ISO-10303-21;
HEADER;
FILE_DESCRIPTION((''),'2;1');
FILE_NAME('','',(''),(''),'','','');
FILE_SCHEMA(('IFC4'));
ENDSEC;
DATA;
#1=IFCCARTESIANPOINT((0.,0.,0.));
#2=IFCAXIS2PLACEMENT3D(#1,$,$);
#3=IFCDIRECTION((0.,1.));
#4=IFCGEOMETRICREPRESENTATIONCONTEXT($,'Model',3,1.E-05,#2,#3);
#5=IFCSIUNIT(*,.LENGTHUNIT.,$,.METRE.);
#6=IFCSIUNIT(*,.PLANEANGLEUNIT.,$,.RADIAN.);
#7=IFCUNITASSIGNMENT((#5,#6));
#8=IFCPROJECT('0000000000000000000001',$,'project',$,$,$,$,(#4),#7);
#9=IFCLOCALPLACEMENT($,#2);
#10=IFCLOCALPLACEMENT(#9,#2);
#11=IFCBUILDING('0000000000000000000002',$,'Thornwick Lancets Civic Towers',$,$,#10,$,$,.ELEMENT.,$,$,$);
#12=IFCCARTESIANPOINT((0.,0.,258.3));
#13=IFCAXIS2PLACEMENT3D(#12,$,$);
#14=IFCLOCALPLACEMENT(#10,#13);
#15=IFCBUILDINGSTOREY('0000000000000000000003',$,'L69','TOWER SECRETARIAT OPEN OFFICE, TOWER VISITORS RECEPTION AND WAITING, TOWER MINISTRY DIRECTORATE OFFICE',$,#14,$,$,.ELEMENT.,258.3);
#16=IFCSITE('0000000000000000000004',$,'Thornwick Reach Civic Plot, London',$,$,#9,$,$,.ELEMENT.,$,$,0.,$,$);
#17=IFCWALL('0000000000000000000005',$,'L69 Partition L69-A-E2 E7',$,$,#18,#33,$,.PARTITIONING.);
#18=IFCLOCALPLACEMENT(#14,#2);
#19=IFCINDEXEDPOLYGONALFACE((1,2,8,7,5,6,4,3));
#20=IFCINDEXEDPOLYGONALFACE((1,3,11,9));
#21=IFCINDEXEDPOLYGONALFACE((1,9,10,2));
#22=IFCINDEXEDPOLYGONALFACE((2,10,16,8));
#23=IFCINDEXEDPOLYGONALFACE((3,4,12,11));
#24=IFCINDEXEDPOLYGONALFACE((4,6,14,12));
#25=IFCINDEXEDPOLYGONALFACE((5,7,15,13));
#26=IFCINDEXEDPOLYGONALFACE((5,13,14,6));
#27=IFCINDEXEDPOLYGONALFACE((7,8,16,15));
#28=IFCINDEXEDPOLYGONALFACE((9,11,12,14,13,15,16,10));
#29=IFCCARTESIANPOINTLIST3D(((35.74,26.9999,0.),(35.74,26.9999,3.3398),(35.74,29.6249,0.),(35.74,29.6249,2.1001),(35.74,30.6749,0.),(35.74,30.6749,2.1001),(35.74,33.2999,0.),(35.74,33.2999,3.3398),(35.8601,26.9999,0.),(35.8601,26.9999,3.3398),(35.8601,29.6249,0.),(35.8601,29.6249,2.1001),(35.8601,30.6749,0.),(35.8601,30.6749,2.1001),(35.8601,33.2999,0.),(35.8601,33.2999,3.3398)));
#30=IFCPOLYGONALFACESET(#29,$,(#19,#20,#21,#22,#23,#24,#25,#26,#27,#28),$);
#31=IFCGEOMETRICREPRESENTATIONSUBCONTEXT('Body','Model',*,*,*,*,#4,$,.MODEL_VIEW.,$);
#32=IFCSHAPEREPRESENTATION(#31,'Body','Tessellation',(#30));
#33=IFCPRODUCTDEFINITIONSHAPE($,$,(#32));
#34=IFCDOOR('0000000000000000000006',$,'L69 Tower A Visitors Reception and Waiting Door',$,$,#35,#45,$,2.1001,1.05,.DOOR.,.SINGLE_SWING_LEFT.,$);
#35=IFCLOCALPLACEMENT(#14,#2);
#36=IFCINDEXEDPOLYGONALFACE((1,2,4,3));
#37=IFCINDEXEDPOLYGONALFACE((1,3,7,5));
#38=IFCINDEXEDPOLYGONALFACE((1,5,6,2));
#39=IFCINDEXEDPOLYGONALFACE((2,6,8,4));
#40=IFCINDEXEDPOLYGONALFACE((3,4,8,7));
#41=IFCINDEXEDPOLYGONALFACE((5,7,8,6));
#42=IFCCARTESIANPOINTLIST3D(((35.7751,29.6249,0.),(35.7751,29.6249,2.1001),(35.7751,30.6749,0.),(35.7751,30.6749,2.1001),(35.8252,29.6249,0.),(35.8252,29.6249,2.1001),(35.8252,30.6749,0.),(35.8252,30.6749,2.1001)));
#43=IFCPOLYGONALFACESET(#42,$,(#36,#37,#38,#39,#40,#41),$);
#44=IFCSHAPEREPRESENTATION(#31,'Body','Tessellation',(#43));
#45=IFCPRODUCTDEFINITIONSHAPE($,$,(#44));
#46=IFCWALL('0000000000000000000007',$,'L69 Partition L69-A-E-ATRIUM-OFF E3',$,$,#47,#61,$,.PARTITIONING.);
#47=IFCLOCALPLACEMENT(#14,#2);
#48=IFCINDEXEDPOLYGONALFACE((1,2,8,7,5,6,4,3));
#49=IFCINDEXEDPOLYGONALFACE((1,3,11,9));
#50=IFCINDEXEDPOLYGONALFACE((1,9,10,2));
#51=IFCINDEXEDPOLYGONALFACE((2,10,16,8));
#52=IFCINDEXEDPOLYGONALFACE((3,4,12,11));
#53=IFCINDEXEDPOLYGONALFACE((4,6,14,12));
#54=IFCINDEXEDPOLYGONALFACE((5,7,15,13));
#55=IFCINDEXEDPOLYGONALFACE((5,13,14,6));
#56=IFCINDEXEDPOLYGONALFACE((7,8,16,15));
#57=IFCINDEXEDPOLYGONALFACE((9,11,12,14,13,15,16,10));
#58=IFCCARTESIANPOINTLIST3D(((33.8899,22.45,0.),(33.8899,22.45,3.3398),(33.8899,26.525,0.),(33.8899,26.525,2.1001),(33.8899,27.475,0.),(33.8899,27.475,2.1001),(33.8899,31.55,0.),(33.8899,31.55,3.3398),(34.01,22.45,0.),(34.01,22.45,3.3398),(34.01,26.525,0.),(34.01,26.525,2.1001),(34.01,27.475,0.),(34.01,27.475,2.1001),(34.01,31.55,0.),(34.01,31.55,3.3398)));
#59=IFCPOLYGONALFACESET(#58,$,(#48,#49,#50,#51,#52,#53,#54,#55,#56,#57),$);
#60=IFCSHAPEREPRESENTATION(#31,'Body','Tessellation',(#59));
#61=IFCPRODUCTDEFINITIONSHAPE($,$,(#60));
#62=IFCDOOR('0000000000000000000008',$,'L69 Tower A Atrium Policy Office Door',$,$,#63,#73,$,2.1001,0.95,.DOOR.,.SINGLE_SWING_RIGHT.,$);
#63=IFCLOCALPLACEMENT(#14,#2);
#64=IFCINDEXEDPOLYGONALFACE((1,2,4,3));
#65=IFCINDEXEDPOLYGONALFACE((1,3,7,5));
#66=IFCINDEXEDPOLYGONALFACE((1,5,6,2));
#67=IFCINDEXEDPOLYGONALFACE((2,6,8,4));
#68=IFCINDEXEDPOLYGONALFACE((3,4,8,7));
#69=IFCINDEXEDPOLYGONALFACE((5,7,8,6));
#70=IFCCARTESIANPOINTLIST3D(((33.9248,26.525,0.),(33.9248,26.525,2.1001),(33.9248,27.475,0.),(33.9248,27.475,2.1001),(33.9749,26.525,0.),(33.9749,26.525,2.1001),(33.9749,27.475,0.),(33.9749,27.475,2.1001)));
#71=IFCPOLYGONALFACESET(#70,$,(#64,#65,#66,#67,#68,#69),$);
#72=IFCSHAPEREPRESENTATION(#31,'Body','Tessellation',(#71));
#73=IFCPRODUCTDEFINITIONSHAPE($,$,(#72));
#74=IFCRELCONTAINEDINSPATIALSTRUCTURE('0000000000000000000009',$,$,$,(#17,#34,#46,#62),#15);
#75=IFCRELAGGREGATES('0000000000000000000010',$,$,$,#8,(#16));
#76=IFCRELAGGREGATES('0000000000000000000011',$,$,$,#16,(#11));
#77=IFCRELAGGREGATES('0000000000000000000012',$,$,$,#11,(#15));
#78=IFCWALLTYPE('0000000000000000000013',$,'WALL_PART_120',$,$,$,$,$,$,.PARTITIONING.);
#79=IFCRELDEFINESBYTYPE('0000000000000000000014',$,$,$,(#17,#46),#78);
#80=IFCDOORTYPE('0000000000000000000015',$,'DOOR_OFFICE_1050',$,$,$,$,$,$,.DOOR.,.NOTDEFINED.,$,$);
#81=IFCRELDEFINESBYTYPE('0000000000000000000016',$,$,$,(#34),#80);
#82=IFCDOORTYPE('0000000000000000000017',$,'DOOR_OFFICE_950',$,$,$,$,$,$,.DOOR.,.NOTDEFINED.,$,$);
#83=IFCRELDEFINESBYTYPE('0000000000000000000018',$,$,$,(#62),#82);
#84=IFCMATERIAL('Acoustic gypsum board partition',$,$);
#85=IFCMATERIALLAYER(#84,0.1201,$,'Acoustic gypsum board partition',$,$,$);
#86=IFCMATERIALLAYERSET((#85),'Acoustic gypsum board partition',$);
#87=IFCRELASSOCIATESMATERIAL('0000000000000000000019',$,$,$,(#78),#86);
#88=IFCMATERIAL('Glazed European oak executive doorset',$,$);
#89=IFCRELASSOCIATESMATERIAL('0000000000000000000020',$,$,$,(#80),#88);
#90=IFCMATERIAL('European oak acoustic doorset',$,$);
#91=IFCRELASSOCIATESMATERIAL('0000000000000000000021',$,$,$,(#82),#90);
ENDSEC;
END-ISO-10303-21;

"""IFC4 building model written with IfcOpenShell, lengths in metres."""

from ifc_helpers import new_model, si_unit, direction, frame, frame_2d, origin, place, context, subcontext, project, spatial, rectangle, extrude, material, layer, layer_set, type_object, element, fill, save


model = new_model("IFC4")

# Units and contexts
model_context = context("Model", 3, precision=1e-05, world=origin(), true_north=direction((0.0, 1.0)))
body_context = subcontext(model_context, "Body", "Model", "MODEL_VIEW")
ifc_project = project(units=[si_unit("LENGTHUNIT", "METRE"), si_unit("PLANEANGLEUNIT", "RADIAN")], contexts=[model_context])

# Site, building, storey
site_placement = place(None, origin())
site = spatial("IfcSite", under=ifc_project, at=site_placement, Name="Thornwick Reach Civic Plot, London", CompositionType="ELEMENT", RefElevation=0.0)
building_placement = place(site_placement, origin())
building = spatial("IfcBuilding", under=site, at=building_placement, Name="Thornwick Lancets Civic Towers", CompositionType="ELEMENT")
storey_placement = place(building_placement, frame((0.0, 0.0, 258.3)))
storey = spatial("IfcBuildingStorey", under=building, at=storey_placement, Name="L69", Description="TOWER SECRETARIAT OPEN OFFICE, TOWER VISITORS RECEPTION AND WAITING, TOWER MINISTRY DIRECTORATE OFFICE", CompositionType="ELEMENT", Elevation=258.3)

# Shared definitions
ifc_material_1 = material(Name="Acoustic gypsum board partition")
ifc_layer_1 = layer(ifc_material_1, 0.1201, Name="Acoustic gypsum board partition")
ifc_layer_set_1 = layer_set([ifc_layer_1], Name="Acoustic gypsum board partition")
wall_type_1 = type_object("IfcWallType", Name="WALL_PART_120", PredefinedType="PARTITIONING", material=ifc_layer_set_1)

# Walls, openings, doors
wall_1_placement = place(storey_placement, frame((35.8, 27.0, 0.0), z_axis=(0.0, 0.0, 1.0), x_axis=(0.0, 1.0, 0.0)))
wall_1 = element("IfcWall", 1, at=wall_1_placement, inside=storey, type_object=wall_type_1, Name="L69 Partition L69-A-E2 E7", PredefinedType="PARTITIONING", context=body_context, shape_type="SweptSolid", body=[
    extrude(rectangle(XDim=6.3, YDim=0.1201, at=frame_2d((3.1499, 0.0))), origin(), (0.0, 0.0, 1.0), 3.3398),
])
opening_1_placement = place(wall_1_placement, frame((2.625, 0.0, 0.0)))
opening_1 = element("IfcOpeningElement", 2, at=opening_1_placement, cuts=wall_1, PredefinedType="OPENING", context=body_context, shape_type="SweptSolid", body=[
    extrude(rectangle(XDim=1.05, YDim=2.1001, at=frame_2d((0.5249, 1.05))), frame((0.0, 0.0701, 0.0), z_axis=(0.0, -1.0, 0.0), x_axis=(1.0, 0.0, 0.0)), (0.0, 0.0, 1.0), 0.1401),
])
ifc_material_2 = material(Name="Glazed European oak executive doorset")
door_type_1 = type_object("IfcDoorType", Name="DOOR_OFFICE_1050", OperationType="NOTDEFINED", PredefinedType="DOOR", material=ifc_material_2)
door_1_placement = place(opening_1_placement, origin())
door_1 = element("IfcDoor", 3, at=door_1_placement, inside=storey, type_object=door_type_1, Name="L69 Tower A Visitors Reception and Waiting Door", OperationType="SINGLE_SWING_LEFT", OverallHeight=2.1001, OverallWidth=1.05, PredefinedType="DOOR", context=body_context, shape_type="SweptSolid", body=[
    extrude(rectangle(XDim=1.05, YDim=2.1001, at=frame_2d((0.5249, 1.05))), frame((0.0, 0.0249, 0.0), z_axis=(0.0, -1.0, 0.0), x_axis=(1.0, 0.0, 0.0)), (0.0, 0.0, 1.0), 0.05),
])
fill(opening_1, door_1)
wall_2_placement = place(storey_placement, frame((33.95, 31.55, 0.0), z_axis=(0.0, 0.0, 1.0), x_axis=(0.0, -1.0, 0.0)))
wall_2 = element("IfcWall", 4, at=wall_2_placement, inside=storey, type_object=wall_type_1, Name="L69 Partition L69-A-E-ATRIUM-OFF E3", PredefinedType="PARTITIONING", context=body_context, shape_type="SweptSolid", body=[
    extrude(rectangle(XDim=9.1001, YDim=0.1201, at=frame_2d((4.55, 0.0))), origin(), (0.0, 0.0, 1.0), 3.3398),
])
opening_2_placement = place(wall_2_placement, frame((4.075, 0.0, 0.0)))
opening_2 = element("IfcOpeningElement", 5, at=opening_2_placement, cuts=wall_2, PredefinedType="OPENING", context=body_context, shape_type="SweptSolid", body=[
    extrude(rectangle(XDim=0.95, YDim=2.1001, at=frame_2d((0.4751, 1.05))), frame((0.0, 0.0701, 0.0), z_axis=(0.0, -1.0, 0.0), x_axis=(1.0, 0.0, 0.0)), (0.0, 0.0, 1.0), 0.1401),
])
ifc_material_3 = material(Name="European oak acoustic doorset")
door_type_2 = type_object("IfcDoorType", Name="DOOR_OFFICE_950", OperationType="NOTDEFINED", PredefinedType="DOOR", material=ifc_material_3)
door_2_placement = place(opening_2_placement, origin())
door_2 = element("IfcDoor", 6, at=door_2_placement, inside=storey, type_object=door_type_2, Name="L69 Tower A Atrium Policy Office Door", OperationType="SINGLE_SWING_RIGHT", OverallHeight=2.1001, OverallWidth=0.95, PredefinedType="DOOR", context=body_context, shape_type="SweptSolid", body=[
    extrude(rectangle(XDim=0.95, YDim=2.1001, at=frame_2d((0.4751, 1.05))), frame((0.0, 0.0249, 0.0), z_axis=(0.0, -1.0, 0.0), x_axis=(1.0, 0.0, 0.0)), (0.0, 0.0, 1.0), 0.05),
])
fill(opening_2, door_2)

save(model, "model.ifc")
